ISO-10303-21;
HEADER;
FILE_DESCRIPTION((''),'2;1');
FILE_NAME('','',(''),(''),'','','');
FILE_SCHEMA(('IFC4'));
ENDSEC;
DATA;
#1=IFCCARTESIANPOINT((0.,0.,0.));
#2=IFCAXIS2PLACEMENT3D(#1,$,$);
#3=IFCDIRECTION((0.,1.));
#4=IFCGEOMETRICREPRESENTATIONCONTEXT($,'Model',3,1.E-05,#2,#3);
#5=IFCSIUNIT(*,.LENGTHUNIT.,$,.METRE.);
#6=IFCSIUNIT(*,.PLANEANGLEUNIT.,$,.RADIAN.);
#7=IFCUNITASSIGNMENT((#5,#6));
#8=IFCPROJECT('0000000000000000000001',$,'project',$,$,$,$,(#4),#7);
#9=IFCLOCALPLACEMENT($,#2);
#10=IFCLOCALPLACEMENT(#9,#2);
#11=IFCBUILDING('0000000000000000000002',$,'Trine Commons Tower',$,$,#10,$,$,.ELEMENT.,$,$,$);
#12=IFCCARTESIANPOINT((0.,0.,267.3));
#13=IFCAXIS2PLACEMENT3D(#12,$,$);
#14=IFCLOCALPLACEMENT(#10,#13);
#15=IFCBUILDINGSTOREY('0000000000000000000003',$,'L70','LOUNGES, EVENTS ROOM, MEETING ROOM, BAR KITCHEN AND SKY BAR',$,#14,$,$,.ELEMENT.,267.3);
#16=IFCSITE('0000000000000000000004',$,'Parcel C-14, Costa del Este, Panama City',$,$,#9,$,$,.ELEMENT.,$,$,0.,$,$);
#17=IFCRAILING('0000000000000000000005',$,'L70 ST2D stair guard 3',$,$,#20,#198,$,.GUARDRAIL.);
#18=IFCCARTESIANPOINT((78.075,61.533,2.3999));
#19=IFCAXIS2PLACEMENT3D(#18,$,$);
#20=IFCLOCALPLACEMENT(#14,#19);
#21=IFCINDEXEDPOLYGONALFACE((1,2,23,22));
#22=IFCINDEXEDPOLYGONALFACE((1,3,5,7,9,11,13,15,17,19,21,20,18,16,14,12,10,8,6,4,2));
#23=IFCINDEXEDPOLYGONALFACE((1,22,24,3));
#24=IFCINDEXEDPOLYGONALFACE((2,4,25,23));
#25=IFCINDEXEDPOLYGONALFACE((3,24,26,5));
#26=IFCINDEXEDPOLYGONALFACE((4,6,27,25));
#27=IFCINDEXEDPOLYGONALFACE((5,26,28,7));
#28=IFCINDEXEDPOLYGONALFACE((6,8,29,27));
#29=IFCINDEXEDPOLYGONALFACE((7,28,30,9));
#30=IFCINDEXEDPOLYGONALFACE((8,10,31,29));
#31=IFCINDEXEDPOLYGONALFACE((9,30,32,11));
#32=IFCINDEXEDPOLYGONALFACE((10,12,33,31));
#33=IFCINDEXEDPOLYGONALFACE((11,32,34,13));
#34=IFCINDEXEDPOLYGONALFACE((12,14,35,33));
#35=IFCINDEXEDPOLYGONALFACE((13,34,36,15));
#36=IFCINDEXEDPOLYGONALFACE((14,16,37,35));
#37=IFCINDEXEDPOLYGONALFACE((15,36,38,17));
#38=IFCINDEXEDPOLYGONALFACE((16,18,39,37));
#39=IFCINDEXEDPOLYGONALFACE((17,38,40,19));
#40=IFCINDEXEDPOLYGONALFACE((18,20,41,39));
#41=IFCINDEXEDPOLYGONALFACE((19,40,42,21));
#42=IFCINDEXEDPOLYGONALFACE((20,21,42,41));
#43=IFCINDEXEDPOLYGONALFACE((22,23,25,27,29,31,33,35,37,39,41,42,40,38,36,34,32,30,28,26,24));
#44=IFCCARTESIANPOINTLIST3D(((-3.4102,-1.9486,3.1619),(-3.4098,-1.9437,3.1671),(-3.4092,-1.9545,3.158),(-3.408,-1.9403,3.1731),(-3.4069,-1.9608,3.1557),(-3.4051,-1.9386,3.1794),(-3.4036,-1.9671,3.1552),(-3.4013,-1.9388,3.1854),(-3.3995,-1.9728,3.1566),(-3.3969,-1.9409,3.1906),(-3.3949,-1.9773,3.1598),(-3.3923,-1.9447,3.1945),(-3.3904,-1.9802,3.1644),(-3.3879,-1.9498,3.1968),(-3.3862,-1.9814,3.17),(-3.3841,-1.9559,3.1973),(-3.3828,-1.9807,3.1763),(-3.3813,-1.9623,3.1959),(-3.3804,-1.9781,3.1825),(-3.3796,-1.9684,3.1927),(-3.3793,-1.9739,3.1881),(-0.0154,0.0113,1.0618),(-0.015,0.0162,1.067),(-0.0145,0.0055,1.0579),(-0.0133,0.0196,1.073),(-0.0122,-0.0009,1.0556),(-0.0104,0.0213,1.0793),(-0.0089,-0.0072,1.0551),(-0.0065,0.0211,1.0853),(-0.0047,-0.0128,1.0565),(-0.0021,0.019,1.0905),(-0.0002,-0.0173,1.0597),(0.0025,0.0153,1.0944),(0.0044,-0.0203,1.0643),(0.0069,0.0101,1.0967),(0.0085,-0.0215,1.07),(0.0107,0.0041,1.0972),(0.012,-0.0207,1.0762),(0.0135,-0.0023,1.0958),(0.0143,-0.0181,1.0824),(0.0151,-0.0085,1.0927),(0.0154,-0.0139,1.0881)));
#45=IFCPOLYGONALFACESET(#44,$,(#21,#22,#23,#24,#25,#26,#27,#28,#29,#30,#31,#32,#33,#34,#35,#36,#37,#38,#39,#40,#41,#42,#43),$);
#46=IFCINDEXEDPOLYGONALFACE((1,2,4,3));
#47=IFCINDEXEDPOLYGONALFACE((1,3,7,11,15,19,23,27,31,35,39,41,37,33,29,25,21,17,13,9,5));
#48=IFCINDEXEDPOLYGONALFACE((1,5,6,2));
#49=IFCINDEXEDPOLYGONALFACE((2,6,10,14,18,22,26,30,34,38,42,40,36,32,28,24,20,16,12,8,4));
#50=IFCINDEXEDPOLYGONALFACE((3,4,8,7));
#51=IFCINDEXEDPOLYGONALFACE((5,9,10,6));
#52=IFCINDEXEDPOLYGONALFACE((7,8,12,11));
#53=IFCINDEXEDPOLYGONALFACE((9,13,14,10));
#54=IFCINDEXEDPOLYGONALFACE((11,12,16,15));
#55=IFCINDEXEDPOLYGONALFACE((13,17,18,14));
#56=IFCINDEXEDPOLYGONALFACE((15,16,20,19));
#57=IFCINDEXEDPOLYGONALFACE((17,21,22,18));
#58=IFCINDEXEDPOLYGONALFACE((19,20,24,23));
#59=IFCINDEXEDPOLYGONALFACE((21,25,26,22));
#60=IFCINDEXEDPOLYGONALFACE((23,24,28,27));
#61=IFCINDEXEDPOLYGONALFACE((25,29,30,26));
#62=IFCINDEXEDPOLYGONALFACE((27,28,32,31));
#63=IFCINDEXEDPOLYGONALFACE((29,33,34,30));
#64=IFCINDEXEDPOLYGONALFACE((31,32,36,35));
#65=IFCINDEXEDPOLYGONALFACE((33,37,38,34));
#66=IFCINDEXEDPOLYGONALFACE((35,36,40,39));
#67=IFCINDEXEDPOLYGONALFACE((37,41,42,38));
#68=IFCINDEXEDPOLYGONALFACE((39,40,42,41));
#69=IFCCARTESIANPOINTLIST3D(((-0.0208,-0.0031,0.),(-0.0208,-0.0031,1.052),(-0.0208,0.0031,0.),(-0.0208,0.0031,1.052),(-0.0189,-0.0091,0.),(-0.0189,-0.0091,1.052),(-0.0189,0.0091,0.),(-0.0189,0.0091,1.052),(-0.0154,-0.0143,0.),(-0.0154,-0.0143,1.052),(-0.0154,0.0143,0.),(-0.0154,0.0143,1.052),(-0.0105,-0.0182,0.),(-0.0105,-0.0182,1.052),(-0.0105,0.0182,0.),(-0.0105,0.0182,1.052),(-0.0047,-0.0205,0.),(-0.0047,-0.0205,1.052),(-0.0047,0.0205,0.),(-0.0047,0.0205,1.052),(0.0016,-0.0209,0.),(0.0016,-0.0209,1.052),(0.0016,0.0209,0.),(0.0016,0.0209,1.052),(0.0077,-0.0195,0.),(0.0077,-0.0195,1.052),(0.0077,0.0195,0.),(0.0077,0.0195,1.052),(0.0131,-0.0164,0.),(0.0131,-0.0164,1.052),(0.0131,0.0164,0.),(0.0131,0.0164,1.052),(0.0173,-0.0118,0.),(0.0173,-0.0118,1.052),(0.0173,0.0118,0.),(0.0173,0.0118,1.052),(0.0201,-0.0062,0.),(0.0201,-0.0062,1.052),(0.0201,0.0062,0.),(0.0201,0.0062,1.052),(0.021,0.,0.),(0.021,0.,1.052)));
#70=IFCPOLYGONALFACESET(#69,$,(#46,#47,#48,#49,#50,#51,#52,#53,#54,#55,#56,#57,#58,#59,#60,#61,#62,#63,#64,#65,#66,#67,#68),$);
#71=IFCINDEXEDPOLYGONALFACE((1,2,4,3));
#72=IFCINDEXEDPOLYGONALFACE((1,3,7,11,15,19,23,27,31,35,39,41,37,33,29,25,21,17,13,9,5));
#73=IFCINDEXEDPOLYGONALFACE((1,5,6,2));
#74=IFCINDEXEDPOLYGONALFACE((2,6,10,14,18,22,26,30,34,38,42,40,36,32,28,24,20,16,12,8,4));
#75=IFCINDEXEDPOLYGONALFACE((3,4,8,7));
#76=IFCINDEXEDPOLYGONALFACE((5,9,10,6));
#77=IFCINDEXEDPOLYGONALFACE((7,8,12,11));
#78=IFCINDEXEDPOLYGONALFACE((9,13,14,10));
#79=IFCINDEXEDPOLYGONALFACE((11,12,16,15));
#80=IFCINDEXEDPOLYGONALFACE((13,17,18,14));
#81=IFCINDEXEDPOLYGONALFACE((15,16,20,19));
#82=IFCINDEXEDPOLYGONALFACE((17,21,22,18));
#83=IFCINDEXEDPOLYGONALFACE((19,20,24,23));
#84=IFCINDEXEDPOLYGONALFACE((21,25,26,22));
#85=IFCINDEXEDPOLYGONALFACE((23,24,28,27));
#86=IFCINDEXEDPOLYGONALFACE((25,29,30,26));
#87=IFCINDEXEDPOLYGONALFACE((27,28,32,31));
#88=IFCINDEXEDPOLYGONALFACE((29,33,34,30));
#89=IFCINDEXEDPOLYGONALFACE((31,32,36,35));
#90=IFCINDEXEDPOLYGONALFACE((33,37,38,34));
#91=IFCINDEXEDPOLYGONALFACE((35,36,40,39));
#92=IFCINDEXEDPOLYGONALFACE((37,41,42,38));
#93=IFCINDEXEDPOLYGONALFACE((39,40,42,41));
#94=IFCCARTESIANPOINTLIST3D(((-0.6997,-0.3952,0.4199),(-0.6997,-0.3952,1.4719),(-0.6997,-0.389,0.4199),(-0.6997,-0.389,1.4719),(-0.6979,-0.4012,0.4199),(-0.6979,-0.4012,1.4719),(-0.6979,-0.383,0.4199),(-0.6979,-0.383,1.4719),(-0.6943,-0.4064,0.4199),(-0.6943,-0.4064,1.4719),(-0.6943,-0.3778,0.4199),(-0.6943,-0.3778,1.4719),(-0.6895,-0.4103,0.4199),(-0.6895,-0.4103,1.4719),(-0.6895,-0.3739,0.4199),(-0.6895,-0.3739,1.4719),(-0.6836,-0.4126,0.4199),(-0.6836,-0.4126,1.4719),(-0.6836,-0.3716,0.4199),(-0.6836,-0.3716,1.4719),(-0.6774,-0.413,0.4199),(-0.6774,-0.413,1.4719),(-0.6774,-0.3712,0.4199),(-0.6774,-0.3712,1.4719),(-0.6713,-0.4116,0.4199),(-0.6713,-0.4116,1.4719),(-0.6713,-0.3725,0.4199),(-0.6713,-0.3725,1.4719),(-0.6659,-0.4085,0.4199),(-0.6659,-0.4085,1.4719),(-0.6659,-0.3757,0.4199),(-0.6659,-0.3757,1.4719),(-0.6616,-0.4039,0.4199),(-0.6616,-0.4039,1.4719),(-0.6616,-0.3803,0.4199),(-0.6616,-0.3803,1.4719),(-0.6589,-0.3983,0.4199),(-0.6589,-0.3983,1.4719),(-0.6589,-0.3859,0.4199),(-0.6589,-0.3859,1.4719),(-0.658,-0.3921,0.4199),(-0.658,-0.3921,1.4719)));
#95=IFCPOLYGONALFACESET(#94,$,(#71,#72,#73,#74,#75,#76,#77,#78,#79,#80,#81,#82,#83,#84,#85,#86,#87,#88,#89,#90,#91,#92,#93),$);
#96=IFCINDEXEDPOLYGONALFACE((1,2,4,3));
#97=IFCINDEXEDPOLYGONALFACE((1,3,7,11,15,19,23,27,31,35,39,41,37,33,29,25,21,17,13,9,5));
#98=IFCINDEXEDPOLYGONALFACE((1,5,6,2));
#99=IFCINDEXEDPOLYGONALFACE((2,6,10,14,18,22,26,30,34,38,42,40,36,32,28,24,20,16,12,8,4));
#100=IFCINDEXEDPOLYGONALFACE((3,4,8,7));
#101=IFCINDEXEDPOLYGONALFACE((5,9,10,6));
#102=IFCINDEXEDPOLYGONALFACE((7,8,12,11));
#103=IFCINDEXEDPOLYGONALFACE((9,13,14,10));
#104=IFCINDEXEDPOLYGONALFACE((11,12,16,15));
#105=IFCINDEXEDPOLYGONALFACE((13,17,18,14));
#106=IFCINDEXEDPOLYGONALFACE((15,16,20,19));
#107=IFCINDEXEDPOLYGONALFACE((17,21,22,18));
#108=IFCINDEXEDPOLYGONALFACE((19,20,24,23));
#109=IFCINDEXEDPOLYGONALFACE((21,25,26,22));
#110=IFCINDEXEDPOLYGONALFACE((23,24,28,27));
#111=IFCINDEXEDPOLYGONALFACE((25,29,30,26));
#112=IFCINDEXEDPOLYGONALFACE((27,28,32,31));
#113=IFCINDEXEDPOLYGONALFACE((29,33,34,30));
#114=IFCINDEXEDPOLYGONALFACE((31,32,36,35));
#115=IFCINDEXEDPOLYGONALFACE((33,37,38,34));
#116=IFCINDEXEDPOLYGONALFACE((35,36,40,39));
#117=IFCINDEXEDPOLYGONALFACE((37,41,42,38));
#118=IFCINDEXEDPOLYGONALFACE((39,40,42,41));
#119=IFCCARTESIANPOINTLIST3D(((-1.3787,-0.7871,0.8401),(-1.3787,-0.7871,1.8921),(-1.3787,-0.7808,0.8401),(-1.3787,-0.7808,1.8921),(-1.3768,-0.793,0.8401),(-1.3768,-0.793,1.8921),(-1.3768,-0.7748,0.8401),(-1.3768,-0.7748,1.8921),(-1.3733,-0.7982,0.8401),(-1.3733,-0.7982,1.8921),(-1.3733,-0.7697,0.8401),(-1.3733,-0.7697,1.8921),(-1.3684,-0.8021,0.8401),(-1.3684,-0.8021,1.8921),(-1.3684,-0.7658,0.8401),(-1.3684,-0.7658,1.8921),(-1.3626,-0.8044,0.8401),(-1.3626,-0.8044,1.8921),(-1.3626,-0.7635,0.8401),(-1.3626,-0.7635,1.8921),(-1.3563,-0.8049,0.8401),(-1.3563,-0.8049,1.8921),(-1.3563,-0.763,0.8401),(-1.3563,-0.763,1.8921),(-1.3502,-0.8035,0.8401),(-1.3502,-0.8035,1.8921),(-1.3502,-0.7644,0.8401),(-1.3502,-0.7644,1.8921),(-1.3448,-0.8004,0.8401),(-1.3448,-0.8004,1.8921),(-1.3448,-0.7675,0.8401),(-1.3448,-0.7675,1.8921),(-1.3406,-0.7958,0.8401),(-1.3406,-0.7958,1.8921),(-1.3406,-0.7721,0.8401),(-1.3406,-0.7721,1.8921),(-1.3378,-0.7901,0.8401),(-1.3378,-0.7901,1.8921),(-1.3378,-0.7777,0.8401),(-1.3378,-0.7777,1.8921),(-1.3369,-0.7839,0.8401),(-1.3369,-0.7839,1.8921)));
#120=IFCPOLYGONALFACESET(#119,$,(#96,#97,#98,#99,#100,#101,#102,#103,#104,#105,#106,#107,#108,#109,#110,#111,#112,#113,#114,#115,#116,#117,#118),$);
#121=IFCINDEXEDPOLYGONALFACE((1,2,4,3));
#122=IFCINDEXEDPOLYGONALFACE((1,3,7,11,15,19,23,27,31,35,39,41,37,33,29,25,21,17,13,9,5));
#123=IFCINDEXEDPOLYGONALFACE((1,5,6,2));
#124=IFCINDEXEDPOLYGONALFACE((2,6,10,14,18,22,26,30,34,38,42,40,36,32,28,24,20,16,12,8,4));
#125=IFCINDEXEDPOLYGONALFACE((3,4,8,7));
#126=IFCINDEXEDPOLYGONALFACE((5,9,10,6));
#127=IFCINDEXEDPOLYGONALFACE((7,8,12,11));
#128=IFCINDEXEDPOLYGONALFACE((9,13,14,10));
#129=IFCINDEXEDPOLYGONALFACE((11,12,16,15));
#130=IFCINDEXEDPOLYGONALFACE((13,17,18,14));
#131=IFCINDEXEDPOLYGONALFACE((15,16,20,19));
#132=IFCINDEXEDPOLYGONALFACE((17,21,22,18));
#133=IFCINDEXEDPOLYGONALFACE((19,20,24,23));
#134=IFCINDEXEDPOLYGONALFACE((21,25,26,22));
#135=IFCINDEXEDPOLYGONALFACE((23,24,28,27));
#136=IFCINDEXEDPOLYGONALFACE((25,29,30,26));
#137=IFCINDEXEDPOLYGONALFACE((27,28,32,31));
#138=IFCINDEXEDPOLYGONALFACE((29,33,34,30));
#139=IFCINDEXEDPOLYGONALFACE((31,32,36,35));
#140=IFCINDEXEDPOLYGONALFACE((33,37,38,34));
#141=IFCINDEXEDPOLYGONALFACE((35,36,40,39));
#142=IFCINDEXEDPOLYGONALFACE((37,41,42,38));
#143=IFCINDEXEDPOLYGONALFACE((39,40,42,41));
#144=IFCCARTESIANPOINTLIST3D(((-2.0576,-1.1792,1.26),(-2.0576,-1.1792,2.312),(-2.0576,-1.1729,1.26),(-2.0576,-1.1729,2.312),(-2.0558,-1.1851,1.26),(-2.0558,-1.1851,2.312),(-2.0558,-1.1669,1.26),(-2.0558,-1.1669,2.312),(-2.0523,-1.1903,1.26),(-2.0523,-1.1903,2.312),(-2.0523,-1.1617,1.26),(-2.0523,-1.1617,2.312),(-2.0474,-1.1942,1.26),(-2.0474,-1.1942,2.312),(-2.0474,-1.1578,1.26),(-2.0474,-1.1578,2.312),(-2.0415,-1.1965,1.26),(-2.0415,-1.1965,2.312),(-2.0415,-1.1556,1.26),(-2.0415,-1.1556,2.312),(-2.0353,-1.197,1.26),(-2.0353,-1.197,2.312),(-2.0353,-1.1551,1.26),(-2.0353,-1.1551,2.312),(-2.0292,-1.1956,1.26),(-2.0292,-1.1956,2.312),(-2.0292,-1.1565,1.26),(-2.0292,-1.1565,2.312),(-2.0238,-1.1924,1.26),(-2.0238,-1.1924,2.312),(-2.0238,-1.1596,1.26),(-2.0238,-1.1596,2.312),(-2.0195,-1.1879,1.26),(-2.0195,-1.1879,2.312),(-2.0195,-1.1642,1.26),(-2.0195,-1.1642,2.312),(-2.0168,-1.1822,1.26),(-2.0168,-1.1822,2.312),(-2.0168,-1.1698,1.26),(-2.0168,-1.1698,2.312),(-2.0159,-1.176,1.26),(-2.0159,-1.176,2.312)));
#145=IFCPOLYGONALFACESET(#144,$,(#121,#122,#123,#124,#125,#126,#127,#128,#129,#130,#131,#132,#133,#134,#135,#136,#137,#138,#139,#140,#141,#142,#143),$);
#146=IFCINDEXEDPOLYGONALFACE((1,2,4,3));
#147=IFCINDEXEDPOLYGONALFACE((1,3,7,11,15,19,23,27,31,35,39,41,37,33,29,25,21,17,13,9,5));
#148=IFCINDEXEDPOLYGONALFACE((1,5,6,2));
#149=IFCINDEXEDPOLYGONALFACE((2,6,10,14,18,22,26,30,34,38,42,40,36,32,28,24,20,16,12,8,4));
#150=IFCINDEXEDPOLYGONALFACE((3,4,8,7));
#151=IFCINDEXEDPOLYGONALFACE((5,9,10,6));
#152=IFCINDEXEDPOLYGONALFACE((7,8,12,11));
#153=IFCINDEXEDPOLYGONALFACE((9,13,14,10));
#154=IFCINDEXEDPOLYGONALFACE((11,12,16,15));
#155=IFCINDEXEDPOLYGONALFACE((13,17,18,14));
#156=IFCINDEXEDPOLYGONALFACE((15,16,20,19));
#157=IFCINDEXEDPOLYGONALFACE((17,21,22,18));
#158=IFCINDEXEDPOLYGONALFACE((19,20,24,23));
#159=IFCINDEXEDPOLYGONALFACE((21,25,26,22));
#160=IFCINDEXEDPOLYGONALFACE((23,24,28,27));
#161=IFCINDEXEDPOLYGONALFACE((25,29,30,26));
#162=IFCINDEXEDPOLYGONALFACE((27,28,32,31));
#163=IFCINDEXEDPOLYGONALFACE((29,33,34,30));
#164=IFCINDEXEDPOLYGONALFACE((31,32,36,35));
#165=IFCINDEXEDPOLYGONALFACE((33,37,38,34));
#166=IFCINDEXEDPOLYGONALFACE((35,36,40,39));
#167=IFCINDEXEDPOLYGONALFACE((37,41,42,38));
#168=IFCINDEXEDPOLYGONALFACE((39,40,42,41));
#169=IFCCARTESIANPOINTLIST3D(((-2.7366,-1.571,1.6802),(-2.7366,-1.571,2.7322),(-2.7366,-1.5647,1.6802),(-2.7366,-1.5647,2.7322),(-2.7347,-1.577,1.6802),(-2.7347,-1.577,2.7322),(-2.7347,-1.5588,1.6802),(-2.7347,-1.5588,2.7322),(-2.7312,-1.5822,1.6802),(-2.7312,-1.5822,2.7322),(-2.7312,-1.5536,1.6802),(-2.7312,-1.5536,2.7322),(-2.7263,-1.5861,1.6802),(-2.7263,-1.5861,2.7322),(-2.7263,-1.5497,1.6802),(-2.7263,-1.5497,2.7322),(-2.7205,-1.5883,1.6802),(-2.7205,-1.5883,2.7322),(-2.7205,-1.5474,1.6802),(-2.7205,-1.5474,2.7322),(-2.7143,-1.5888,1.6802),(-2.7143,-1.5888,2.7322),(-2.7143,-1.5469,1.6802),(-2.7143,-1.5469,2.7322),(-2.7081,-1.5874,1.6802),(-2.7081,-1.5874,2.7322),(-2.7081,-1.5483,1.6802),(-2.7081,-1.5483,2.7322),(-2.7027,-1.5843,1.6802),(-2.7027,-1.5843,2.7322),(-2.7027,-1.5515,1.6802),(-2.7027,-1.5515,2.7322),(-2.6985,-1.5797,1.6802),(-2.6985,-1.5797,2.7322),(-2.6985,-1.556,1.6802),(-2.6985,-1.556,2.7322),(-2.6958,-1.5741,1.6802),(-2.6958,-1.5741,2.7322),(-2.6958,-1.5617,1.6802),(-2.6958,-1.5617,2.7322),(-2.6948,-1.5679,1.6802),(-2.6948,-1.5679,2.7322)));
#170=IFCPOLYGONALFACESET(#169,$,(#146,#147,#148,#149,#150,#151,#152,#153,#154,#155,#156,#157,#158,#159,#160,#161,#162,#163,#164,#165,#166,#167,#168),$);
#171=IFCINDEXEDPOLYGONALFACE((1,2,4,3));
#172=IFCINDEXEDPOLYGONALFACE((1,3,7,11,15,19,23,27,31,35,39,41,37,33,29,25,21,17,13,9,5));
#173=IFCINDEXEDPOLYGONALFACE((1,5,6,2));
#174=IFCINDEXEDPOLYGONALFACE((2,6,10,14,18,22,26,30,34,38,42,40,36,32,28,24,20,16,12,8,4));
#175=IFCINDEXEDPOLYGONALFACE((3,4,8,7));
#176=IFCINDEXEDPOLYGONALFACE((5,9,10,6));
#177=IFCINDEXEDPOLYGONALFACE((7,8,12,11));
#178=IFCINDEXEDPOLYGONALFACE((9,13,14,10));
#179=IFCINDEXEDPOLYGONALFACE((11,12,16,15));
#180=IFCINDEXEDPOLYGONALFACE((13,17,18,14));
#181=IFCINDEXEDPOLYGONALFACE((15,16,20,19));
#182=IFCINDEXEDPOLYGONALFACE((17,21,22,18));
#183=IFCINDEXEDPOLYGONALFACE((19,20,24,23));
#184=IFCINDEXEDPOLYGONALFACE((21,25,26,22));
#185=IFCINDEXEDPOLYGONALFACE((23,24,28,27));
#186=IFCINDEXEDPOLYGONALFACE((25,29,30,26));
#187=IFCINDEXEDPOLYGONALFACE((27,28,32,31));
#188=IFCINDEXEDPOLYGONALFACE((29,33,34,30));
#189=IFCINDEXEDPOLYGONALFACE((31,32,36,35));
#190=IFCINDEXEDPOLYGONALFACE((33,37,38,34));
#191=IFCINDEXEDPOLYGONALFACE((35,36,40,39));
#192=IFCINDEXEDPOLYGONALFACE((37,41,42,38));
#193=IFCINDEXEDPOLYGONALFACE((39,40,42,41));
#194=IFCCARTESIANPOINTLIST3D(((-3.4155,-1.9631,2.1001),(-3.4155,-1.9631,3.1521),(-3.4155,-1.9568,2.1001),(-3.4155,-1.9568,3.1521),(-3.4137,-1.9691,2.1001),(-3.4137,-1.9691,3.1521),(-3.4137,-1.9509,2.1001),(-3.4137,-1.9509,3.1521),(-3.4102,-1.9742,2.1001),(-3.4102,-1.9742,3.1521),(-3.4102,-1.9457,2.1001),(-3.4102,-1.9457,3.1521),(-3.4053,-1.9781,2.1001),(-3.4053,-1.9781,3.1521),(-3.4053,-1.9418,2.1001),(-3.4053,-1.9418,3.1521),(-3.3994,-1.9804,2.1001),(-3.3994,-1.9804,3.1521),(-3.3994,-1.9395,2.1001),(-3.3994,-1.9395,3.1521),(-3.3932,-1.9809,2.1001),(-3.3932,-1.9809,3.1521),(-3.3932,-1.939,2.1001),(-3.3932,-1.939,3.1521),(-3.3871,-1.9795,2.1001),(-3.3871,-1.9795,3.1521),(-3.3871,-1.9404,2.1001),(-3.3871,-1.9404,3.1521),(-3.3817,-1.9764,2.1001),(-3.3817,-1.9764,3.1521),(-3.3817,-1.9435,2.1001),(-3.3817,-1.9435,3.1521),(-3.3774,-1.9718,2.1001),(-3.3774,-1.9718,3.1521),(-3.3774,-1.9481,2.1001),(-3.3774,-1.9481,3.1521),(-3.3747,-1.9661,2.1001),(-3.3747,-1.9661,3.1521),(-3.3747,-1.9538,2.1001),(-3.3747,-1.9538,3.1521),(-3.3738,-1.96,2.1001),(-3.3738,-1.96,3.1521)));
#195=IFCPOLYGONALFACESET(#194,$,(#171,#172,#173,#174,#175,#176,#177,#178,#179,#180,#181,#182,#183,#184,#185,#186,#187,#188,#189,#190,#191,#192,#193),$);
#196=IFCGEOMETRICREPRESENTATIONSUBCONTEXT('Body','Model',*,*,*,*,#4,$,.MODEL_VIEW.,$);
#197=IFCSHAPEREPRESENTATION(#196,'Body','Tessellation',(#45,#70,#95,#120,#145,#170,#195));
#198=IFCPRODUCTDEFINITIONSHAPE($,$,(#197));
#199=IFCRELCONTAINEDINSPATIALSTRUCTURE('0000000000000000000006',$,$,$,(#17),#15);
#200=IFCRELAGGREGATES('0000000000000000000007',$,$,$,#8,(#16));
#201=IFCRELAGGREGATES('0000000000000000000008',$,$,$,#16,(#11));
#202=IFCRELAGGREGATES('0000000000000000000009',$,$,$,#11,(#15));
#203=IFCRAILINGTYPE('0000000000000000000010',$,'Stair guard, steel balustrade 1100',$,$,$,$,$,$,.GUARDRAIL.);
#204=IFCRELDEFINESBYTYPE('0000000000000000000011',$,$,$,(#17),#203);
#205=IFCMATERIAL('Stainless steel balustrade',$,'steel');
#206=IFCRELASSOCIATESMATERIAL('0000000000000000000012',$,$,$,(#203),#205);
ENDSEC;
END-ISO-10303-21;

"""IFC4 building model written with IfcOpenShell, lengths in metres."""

from ifc_helpers import new_model, si_unit, direction, frame, origin, origin_2d, place, context, subcontext, project, spatial, circle, extrude, material, type_object, element, save


model = new_model("IFC4")

# Units and contexts
model_context = context("Model", 3, precision=1e-05, world=origin(), true_north=direction((0.0, 1.0)))
body_context = subcontext(model_context, "Body", "Model", "MODEL_VIEW")
ifc_project = project(units=[si_unit("LENGTHUNIT", "METRE"), si_unit("PLANEANGLEUNIT", "RADIAN")], contexts=[model_context])

# Site, building, storey
site_placement = place(None, origin())
site = spatial("IfcSite", under=ifc_project, at=site_placement, Name="Parcel C-14, Costa del Este, Panama City", CompositionType="ELEMENT", RefElevation=0.0)
building_placement = place(site_placement, origin())
building = spatial("IfcBuilding", under=site, at=building_placement, Name="Trine Commons Tower", CompositionType="ELEMENT")
storey_placement = place(building_placement, frame((0.0, 0.0, 267.3)))
storey = spatial("IfcBuildingStorey", under=building, at=storey_placement, Name="L70", Description="LOUNGES, EVENTS ROOM, MEETING ROOM, BAR KITCHEN AND SKY BAR", CompositionType="ELEMENT", Elevation=267.3)

# Railing
ifc_material_1 = material(Name="Stainless steel balustrade", Category="steel")
railing_type_1 = type_object("IfcRailingType", Name="Stair guard, steel balustrade 1100", PredefinedType="GUARDRAIL", material=ifc_material_1)
railing_1_placement = place(storey_placement, frame((78.075, 61.533, 2.3999)))
element("IfcRailing", 1, at=railing_1_placement, inside=storey, type_object=railing_type_1, Name="L70 ST2D stair guard 3", PredefinedType="GUARDRAIL", context=body_context, shape_type="SweptSolid", body=[
    extrude(circle(Radius=0.0239, at=origin_2d()), frame((0.0, 0.0, 1.0762), z_axis=(-0.763375, -0.440732, 0.472244), x_axis=(0.499997, -0.866027, 0.0)), (0.0, 0.0, 1.0), 4.447),
    extrude(circle(Radius=0.021, at=origin_2d()), origin(), (0.0, 0.0, 1.0), 1.052),
    extrude(circle(Radius=0.021, at=origin_2d()), frame((-0.679, -0.3921, 0.4199)), (0.0, 0.0, 1.0), 1.052),
    extrude(circle(Radius=0.021, at=origin_2d()), frame((-1.3579, -0.7839, 0.8401)), (0.0, 0.0, 1.0), 1.052),
    extrude(circle(Radius=0.021, at=origin_2d()), frame((-2.0369, -1.176, 1.26)), (0.0, 0.0, 1.0), 1.052),
    extrude(circle(Radius=0.021, at=origin_2d()), frame((-2.7158, -1.5679, 1.6802)), (0.0, 0.0, 1.0), 1.052),
    extrude(circle(Radius=0.021, at=origin_2d()), frame((-3.3948, -1.96, 2.1001)), (0.0, 0.0, 1.0), 1.052),
])

save(model, "model.ifc")
